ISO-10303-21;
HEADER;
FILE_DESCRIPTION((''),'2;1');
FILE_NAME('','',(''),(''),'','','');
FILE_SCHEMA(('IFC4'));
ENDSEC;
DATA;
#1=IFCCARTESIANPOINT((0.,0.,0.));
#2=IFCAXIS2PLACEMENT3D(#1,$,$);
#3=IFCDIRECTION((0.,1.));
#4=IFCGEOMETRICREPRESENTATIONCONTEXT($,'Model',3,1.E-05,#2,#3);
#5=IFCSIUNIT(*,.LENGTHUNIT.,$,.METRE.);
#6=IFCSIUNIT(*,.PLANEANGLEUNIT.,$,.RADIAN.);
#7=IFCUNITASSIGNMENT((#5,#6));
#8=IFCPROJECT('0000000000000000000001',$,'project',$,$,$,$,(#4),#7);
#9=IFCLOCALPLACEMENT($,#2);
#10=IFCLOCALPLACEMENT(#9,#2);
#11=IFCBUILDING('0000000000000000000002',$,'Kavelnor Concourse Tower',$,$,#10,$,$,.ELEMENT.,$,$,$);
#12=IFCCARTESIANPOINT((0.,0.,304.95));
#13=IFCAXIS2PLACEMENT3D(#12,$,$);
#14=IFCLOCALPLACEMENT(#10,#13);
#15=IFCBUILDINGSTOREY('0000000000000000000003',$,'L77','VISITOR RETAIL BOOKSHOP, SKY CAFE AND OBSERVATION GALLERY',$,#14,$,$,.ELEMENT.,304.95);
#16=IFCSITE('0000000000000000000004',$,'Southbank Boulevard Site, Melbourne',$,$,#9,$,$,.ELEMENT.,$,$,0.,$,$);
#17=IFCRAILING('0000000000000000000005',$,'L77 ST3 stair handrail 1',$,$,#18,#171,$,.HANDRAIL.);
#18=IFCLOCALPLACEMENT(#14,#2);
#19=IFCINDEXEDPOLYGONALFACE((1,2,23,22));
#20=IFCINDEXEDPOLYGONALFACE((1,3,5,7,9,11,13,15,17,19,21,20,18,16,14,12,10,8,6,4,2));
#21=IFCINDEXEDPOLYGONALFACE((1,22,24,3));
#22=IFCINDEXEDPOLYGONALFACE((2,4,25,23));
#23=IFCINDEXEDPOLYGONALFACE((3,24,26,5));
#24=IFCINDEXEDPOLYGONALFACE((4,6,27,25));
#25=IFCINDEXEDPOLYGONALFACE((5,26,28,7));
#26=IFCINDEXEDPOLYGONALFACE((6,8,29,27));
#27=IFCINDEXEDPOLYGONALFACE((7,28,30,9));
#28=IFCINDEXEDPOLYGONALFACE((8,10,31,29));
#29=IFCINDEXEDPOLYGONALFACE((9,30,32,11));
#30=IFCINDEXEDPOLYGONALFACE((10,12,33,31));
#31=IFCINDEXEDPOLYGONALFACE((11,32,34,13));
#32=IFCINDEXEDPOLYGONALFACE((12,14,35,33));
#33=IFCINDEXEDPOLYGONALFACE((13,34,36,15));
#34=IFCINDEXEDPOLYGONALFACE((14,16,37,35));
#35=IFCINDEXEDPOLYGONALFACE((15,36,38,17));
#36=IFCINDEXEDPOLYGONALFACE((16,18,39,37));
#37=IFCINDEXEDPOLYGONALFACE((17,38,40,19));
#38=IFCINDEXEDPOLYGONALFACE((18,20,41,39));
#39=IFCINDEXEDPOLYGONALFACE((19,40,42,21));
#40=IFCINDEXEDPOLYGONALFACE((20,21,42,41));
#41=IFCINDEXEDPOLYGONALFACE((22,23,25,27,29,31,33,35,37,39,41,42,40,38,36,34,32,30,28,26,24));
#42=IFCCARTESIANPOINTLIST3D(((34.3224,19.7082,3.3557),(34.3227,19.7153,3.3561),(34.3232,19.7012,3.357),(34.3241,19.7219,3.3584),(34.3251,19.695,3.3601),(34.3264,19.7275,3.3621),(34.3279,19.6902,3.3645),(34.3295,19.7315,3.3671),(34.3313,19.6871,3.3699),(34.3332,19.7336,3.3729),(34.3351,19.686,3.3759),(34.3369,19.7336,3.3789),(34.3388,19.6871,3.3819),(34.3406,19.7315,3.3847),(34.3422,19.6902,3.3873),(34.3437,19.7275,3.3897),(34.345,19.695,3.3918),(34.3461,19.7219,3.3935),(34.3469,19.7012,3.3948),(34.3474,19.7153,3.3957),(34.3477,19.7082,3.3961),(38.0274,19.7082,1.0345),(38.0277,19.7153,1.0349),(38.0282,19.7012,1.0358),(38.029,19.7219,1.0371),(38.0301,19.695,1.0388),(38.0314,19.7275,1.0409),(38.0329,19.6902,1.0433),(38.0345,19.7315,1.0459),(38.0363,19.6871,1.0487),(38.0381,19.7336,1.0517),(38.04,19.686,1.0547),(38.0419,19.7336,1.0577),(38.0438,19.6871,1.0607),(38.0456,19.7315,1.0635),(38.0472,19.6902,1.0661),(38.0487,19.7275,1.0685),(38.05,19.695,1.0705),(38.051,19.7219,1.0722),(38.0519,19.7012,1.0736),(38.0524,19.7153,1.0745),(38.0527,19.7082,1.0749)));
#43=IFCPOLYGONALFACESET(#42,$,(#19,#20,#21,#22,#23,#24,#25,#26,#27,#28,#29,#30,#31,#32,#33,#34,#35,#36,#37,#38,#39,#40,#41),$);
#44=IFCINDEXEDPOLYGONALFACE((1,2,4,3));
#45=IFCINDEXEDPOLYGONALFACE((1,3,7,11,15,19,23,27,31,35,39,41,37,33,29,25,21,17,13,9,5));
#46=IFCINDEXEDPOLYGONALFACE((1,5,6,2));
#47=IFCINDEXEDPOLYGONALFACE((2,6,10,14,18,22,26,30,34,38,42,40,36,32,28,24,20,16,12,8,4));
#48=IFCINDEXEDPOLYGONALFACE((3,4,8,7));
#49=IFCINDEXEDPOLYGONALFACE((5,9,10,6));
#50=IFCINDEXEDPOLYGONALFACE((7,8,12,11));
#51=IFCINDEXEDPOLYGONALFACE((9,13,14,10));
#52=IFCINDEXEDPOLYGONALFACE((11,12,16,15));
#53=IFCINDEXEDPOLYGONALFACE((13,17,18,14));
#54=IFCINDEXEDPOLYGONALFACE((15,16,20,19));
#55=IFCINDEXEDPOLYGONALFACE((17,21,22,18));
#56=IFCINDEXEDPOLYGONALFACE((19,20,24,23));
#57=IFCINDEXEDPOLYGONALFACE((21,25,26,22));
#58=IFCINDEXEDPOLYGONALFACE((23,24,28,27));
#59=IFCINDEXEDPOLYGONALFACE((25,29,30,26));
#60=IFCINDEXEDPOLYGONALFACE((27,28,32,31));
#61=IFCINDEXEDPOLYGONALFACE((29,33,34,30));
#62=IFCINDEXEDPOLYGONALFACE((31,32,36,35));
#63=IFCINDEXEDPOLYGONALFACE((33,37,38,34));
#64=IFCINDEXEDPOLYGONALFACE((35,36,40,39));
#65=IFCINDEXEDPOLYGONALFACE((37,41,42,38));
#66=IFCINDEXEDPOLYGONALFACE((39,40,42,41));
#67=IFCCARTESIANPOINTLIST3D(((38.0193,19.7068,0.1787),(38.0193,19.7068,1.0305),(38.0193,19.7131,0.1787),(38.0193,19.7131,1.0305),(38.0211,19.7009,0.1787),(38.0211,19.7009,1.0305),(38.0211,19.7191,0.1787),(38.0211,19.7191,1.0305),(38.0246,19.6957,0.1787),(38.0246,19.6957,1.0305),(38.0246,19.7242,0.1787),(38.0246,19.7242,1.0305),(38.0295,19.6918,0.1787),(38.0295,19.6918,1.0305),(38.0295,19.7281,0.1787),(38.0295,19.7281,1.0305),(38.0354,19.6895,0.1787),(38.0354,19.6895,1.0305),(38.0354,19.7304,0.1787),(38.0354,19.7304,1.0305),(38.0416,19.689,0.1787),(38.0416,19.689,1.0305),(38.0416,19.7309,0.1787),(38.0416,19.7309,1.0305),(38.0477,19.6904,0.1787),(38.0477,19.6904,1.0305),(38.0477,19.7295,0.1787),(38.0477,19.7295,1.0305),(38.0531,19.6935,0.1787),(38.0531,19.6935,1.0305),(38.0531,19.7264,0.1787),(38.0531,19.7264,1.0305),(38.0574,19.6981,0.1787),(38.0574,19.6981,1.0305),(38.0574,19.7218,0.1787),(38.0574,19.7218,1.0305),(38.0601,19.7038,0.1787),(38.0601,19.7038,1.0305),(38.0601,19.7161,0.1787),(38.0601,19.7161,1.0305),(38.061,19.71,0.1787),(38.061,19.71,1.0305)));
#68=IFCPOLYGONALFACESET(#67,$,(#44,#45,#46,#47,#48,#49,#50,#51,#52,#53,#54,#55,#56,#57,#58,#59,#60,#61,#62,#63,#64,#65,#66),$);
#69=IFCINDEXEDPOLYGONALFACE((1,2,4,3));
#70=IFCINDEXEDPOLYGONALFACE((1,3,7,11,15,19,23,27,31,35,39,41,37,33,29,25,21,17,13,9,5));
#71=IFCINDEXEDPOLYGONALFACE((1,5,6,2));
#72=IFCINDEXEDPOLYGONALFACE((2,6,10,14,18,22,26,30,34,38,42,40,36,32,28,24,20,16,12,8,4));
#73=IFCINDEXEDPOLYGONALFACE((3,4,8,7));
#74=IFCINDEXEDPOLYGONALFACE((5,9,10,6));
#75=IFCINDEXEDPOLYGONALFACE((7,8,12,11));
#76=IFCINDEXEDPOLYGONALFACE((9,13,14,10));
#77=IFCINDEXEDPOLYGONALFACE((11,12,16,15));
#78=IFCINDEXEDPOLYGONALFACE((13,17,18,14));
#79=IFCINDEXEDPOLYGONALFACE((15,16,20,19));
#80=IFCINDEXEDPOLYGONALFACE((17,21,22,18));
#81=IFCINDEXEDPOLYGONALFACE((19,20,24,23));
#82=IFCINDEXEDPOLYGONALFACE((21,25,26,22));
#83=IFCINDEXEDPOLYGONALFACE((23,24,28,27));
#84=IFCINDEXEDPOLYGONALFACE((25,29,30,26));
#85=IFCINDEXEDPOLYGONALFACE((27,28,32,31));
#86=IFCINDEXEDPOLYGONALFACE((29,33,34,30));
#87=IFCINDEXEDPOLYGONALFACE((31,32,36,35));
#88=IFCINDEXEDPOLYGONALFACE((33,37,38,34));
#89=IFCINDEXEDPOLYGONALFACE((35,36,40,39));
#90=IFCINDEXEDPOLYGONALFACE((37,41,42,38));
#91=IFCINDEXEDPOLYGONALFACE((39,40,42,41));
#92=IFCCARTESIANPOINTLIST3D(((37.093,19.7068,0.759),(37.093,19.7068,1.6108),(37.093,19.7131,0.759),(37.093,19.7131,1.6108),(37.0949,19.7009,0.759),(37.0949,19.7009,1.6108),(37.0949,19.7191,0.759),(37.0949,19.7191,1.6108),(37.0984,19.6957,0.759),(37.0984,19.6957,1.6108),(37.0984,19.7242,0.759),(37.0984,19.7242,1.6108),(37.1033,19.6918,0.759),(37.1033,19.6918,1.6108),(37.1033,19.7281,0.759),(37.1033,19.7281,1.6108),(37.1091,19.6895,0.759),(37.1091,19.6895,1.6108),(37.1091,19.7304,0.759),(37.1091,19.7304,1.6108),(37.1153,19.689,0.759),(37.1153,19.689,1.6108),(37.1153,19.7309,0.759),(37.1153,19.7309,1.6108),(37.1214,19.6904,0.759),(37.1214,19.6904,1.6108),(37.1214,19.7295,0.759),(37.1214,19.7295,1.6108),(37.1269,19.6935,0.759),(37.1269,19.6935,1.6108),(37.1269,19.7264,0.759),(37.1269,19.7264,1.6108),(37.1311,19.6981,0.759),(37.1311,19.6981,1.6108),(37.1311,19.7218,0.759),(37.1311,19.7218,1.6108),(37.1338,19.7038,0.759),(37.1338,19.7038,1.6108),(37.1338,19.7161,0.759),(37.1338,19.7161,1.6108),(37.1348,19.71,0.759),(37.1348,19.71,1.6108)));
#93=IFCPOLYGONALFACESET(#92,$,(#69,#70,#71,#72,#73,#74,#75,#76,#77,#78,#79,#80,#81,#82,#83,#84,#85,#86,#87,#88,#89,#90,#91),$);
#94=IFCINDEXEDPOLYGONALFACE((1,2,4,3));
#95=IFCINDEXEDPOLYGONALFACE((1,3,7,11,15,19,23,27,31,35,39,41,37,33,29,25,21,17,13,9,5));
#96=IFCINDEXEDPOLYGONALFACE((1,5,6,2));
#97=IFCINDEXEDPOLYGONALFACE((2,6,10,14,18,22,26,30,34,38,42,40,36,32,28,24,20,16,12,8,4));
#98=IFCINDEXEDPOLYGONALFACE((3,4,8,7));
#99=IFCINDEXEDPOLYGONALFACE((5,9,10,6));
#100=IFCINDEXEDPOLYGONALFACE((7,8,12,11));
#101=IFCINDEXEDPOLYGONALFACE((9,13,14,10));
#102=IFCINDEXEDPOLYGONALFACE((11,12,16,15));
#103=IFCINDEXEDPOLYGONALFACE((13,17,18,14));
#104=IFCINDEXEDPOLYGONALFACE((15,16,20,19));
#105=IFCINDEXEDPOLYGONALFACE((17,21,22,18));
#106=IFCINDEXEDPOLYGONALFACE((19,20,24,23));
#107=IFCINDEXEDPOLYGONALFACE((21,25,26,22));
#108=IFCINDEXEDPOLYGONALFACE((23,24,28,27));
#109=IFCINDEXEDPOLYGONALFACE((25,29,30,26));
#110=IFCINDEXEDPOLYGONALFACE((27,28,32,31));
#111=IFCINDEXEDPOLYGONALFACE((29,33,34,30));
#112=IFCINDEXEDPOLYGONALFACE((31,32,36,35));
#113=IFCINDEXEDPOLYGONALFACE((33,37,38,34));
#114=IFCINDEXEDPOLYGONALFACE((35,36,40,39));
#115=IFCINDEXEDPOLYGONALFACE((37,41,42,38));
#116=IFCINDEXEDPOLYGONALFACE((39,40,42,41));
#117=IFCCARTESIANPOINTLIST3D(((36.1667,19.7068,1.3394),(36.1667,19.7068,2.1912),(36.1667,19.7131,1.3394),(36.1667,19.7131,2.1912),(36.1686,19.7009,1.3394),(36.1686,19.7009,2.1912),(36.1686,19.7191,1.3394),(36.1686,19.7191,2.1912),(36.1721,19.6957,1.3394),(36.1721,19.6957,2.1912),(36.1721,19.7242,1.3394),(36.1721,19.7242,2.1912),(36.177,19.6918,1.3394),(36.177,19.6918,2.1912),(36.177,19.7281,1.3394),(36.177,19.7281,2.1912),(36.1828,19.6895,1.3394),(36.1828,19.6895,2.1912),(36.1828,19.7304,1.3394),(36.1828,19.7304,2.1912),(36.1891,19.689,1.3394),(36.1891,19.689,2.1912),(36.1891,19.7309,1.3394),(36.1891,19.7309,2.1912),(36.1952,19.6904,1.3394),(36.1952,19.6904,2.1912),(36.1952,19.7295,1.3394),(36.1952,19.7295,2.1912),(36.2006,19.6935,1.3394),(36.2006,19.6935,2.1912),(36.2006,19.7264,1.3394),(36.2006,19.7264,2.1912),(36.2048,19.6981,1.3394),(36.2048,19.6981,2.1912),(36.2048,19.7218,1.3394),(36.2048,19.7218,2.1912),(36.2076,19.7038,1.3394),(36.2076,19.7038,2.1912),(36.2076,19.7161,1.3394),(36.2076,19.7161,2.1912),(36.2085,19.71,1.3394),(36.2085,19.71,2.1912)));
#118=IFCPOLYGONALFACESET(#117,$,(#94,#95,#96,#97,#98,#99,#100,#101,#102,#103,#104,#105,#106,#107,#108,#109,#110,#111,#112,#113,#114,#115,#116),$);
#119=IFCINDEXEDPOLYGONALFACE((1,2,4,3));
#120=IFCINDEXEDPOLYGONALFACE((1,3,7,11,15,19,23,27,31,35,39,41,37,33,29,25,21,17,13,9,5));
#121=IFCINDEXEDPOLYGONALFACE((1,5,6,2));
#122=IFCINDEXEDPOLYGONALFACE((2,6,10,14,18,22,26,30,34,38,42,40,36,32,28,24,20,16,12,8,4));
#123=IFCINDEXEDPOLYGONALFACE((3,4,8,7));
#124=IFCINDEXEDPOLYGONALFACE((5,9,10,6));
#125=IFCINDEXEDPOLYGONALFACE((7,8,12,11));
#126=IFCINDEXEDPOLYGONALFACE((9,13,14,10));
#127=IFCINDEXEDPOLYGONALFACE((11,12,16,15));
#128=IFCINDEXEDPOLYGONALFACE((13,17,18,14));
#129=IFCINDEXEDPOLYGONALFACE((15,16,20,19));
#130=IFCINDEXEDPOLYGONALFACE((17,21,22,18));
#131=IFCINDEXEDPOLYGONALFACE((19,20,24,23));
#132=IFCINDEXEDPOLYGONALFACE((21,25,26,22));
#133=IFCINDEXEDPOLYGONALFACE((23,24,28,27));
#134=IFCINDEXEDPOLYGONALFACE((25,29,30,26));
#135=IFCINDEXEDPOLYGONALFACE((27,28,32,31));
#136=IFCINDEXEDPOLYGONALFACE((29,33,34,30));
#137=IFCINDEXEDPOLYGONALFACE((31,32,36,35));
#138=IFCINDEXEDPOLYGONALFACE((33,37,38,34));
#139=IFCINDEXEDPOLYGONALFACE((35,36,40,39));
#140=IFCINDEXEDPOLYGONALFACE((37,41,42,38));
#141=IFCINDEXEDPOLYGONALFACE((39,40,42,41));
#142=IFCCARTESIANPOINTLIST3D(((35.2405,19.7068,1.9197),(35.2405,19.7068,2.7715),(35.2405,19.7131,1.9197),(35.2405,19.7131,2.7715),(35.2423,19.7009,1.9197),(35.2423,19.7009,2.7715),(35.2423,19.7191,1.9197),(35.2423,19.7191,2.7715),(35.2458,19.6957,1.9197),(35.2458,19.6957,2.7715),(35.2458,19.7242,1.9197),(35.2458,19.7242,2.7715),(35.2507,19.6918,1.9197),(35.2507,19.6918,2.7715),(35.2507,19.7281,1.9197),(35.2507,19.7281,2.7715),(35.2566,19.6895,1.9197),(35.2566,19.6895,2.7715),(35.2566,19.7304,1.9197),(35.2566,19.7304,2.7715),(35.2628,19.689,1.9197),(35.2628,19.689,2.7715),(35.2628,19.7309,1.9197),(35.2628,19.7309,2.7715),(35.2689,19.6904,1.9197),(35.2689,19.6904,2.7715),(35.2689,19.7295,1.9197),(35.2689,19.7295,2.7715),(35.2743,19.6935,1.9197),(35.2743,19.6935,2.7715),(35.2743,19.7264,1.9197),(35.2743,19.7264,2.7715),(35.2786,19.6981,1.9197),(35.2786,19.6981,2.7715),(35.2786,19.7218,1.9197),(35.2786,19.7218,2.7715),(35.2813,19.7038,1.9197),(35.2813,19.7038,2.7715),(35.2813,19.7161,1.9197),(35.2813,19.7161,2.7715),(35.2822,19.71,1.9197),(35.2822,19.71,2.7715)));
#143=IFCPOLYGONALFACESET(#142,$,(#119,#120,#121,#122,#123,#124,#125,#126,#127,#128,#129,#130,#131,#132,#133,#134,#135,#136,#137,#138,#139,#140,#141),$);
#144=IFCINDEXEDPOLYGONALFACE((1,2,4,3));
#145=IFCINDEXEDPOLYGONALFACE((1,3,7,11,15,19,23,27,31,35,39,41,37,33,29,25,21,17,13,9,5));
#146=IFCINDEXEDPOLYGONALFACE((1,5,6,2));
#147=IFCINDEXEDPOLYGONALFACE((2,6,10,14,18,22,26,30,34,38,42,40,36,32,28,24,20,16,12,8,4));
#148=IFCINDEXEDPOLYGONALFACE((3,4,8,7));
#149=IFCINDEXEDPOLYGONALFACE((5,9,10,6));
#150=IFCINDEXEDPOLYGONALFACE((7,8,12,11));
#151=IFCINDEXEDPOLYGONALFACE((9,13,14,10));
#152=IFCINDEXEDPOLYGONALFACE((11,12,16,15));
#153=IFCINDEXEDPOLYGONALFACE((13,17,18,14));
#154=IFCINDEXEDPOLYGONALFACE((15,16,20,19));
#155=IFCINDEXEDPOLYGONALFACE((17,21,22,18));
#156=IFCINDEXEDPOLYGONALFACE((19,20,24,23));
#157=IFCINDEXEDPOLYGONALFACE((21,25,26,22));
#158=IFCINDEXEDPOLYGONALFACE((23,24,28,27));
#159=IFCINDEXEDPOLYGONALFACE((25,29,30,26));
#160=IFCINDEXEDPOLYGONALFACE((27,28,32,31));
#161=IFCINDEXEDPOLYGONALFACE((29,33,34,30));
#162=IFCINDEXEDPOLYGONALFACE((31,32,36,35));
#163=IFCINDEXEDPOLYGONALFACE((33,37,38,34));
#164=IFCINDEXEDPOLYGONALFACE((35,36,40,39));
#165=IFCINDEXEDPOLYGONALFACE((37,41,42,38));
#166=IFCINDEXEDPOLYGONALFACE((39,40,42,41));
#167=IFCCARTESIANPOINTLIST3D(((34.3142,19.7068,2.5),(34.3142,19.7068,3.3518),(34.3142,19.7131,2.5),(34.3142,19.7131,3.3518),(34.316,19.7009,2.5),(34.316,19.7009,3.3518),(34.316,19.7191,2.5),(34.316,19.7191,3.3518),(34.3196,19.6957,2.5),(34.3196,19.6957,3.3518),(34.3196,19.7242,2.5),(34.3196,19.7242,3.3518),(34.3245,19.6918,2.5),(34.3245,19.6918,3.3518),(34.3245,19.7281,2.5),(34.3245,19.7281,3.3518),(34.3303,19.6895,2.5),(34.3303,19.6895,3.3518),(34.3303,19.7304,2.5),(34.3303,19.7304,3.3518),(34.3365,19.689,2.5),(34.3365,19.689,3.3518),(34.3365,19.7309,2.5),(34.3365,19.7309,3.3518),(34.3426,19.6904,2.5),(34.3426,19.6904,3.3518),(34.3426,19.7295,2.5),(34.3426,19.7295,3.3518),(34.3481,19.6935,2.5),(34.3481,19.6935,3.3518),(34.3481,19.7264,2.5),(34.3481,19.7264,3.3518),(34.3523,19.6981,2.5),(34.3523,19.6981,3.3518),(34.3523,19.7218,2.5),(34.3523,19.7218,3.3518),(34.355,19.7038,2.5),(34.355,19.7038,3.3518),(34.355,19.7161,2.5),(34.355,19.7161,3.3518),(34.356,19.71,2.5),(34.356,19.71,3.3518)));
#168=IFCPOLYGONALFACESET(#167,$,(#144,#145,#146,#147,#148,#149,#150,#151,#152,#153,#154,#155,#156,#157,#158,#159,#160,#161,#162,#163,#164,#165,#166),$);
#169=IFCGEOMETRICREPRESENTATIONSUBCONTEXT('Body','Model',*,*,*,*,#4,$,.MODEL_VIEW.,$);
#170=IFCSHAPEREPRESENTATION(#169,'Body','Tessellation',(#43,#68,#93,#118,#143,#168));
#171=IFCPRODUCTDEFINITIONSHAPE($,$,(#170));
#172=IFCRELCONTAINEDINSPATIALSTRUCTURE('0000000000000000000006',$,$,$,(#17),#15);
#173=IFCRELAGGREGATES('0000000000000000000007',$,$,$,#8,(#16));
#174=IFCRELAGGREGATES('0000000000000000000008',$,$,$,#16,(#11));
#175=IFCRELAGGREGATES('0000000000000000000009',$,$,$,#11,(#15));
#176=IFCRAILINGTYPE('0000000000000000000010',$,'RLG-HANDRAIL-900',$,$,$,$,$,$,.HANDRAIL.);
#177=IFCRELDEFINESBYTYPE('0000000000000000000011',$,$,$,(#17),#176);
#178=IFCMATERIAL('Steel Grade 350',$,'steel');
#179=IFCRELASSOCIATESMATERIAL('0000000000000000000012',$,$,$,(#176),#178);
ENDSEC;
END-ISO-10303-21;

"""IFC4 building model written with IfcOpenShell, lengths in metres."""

from ifc_helpers import new_model, si_unit, direction, frame, origin, origin_2d, place, context, subcontext, project, spatial, circle, extrude, material, type_object, element, save


model = new_model("IFC4")

# Units and contexts
model_context = context("Model", 3, precision=1e-05, world=origin(), true_north=direction((0.0, 1.0)))
body_context = subcontext(model_context, "Body", "Model", "MODEL_VIEW")
ifc_project = project(units=[si_unit("LENGTHUNIT", "METRE"), si_unit("PLANEANGLEUNIT", "RADIAN")], contexts=[model_context])

# Site, building, storey
site_placement = place(None, origin())
site = spatial("IfcSite", under=ifc_project, at=site_placement, Name="Southbank Boulevard Site, Melbourne", CompositionType="ELEMENT", RefElevation=0.0)
building_placement = place(site_placement, origin())
building = spatial("IfcBuilding", under=site, at=building_placement, Name="Kavelnor Concourse Tower", CompositionType="ELEMENT")
storey_placement = place(building_placement, frame((0.0, 0.0, 304.95)))
storey = spatial("IfcBuildingStorey", under=building, at=storey_placement, Name="L77", Description="VISITOR RETAIL BOOKSHOP, SKY CAFE AND OBSERVATION GALLERY", CompositionType="ELEMENT", Elevation=304.95)

# Shared definitions
ifc_material_1 = material(Name="Steel Grade 350", Category="steel")

# Railing
railing_type_1 = type_object("IfcRailingType", Name="RLG-HANDRAIL-900", PredefinedType="HANDRAIL", material=ifc_material_1)
railing_1_placement = place(storey_placement, frame((38.04, 19.71, 0.1787)))
element("IfcRailing", 1, at=railing_1_placement, inside=storey, type_object=railing_type_1, Name="L77 ST3 stair handrail 1", PredefinedType="HANDRAIL", context=body_context, shape_type="SweptSolid", body=[
    extrude(circle(Radius=0.0239, at=origin_2d()), frame((0.0, 0.0, 0.876), z_axis=(-0.847421, 0.0, 0.530922), x_axis=(0.0, -1.0, 0.0)), (0.0, 0.0, 1.0), 4.3721),
    extrude(circle(Radius=0.021, at=origin_2d()), origin(), (0.0, 0.0, 1.0), 0.8518),
    extrude(circle(Radius=0.021, at=origin_2d()), frame((-0.9263, 0.0, 0.5803)), (0.0, 0.0, 1.0), 0.8518),
    extrude(circle(Radius=0.021, at=origin_2d()), frame((-1.8525, 0.0, 1.1606)), (0.0, 0.0, 1.0), 0.8518),
    extrude(circle(Radius=0.021, at=origin_2d()), frame((-2.7788, 0.0, 1.741)), (0.0, 0.0, 1.0), 0.8518),
    extrude(circle(Radius=0.021, at=origin_2d()), frame((-3.7051, 0.0, 2.3213)), (0.0, 0.0, 1.0), 0.8518),
])

save(model, "model.ifc")
